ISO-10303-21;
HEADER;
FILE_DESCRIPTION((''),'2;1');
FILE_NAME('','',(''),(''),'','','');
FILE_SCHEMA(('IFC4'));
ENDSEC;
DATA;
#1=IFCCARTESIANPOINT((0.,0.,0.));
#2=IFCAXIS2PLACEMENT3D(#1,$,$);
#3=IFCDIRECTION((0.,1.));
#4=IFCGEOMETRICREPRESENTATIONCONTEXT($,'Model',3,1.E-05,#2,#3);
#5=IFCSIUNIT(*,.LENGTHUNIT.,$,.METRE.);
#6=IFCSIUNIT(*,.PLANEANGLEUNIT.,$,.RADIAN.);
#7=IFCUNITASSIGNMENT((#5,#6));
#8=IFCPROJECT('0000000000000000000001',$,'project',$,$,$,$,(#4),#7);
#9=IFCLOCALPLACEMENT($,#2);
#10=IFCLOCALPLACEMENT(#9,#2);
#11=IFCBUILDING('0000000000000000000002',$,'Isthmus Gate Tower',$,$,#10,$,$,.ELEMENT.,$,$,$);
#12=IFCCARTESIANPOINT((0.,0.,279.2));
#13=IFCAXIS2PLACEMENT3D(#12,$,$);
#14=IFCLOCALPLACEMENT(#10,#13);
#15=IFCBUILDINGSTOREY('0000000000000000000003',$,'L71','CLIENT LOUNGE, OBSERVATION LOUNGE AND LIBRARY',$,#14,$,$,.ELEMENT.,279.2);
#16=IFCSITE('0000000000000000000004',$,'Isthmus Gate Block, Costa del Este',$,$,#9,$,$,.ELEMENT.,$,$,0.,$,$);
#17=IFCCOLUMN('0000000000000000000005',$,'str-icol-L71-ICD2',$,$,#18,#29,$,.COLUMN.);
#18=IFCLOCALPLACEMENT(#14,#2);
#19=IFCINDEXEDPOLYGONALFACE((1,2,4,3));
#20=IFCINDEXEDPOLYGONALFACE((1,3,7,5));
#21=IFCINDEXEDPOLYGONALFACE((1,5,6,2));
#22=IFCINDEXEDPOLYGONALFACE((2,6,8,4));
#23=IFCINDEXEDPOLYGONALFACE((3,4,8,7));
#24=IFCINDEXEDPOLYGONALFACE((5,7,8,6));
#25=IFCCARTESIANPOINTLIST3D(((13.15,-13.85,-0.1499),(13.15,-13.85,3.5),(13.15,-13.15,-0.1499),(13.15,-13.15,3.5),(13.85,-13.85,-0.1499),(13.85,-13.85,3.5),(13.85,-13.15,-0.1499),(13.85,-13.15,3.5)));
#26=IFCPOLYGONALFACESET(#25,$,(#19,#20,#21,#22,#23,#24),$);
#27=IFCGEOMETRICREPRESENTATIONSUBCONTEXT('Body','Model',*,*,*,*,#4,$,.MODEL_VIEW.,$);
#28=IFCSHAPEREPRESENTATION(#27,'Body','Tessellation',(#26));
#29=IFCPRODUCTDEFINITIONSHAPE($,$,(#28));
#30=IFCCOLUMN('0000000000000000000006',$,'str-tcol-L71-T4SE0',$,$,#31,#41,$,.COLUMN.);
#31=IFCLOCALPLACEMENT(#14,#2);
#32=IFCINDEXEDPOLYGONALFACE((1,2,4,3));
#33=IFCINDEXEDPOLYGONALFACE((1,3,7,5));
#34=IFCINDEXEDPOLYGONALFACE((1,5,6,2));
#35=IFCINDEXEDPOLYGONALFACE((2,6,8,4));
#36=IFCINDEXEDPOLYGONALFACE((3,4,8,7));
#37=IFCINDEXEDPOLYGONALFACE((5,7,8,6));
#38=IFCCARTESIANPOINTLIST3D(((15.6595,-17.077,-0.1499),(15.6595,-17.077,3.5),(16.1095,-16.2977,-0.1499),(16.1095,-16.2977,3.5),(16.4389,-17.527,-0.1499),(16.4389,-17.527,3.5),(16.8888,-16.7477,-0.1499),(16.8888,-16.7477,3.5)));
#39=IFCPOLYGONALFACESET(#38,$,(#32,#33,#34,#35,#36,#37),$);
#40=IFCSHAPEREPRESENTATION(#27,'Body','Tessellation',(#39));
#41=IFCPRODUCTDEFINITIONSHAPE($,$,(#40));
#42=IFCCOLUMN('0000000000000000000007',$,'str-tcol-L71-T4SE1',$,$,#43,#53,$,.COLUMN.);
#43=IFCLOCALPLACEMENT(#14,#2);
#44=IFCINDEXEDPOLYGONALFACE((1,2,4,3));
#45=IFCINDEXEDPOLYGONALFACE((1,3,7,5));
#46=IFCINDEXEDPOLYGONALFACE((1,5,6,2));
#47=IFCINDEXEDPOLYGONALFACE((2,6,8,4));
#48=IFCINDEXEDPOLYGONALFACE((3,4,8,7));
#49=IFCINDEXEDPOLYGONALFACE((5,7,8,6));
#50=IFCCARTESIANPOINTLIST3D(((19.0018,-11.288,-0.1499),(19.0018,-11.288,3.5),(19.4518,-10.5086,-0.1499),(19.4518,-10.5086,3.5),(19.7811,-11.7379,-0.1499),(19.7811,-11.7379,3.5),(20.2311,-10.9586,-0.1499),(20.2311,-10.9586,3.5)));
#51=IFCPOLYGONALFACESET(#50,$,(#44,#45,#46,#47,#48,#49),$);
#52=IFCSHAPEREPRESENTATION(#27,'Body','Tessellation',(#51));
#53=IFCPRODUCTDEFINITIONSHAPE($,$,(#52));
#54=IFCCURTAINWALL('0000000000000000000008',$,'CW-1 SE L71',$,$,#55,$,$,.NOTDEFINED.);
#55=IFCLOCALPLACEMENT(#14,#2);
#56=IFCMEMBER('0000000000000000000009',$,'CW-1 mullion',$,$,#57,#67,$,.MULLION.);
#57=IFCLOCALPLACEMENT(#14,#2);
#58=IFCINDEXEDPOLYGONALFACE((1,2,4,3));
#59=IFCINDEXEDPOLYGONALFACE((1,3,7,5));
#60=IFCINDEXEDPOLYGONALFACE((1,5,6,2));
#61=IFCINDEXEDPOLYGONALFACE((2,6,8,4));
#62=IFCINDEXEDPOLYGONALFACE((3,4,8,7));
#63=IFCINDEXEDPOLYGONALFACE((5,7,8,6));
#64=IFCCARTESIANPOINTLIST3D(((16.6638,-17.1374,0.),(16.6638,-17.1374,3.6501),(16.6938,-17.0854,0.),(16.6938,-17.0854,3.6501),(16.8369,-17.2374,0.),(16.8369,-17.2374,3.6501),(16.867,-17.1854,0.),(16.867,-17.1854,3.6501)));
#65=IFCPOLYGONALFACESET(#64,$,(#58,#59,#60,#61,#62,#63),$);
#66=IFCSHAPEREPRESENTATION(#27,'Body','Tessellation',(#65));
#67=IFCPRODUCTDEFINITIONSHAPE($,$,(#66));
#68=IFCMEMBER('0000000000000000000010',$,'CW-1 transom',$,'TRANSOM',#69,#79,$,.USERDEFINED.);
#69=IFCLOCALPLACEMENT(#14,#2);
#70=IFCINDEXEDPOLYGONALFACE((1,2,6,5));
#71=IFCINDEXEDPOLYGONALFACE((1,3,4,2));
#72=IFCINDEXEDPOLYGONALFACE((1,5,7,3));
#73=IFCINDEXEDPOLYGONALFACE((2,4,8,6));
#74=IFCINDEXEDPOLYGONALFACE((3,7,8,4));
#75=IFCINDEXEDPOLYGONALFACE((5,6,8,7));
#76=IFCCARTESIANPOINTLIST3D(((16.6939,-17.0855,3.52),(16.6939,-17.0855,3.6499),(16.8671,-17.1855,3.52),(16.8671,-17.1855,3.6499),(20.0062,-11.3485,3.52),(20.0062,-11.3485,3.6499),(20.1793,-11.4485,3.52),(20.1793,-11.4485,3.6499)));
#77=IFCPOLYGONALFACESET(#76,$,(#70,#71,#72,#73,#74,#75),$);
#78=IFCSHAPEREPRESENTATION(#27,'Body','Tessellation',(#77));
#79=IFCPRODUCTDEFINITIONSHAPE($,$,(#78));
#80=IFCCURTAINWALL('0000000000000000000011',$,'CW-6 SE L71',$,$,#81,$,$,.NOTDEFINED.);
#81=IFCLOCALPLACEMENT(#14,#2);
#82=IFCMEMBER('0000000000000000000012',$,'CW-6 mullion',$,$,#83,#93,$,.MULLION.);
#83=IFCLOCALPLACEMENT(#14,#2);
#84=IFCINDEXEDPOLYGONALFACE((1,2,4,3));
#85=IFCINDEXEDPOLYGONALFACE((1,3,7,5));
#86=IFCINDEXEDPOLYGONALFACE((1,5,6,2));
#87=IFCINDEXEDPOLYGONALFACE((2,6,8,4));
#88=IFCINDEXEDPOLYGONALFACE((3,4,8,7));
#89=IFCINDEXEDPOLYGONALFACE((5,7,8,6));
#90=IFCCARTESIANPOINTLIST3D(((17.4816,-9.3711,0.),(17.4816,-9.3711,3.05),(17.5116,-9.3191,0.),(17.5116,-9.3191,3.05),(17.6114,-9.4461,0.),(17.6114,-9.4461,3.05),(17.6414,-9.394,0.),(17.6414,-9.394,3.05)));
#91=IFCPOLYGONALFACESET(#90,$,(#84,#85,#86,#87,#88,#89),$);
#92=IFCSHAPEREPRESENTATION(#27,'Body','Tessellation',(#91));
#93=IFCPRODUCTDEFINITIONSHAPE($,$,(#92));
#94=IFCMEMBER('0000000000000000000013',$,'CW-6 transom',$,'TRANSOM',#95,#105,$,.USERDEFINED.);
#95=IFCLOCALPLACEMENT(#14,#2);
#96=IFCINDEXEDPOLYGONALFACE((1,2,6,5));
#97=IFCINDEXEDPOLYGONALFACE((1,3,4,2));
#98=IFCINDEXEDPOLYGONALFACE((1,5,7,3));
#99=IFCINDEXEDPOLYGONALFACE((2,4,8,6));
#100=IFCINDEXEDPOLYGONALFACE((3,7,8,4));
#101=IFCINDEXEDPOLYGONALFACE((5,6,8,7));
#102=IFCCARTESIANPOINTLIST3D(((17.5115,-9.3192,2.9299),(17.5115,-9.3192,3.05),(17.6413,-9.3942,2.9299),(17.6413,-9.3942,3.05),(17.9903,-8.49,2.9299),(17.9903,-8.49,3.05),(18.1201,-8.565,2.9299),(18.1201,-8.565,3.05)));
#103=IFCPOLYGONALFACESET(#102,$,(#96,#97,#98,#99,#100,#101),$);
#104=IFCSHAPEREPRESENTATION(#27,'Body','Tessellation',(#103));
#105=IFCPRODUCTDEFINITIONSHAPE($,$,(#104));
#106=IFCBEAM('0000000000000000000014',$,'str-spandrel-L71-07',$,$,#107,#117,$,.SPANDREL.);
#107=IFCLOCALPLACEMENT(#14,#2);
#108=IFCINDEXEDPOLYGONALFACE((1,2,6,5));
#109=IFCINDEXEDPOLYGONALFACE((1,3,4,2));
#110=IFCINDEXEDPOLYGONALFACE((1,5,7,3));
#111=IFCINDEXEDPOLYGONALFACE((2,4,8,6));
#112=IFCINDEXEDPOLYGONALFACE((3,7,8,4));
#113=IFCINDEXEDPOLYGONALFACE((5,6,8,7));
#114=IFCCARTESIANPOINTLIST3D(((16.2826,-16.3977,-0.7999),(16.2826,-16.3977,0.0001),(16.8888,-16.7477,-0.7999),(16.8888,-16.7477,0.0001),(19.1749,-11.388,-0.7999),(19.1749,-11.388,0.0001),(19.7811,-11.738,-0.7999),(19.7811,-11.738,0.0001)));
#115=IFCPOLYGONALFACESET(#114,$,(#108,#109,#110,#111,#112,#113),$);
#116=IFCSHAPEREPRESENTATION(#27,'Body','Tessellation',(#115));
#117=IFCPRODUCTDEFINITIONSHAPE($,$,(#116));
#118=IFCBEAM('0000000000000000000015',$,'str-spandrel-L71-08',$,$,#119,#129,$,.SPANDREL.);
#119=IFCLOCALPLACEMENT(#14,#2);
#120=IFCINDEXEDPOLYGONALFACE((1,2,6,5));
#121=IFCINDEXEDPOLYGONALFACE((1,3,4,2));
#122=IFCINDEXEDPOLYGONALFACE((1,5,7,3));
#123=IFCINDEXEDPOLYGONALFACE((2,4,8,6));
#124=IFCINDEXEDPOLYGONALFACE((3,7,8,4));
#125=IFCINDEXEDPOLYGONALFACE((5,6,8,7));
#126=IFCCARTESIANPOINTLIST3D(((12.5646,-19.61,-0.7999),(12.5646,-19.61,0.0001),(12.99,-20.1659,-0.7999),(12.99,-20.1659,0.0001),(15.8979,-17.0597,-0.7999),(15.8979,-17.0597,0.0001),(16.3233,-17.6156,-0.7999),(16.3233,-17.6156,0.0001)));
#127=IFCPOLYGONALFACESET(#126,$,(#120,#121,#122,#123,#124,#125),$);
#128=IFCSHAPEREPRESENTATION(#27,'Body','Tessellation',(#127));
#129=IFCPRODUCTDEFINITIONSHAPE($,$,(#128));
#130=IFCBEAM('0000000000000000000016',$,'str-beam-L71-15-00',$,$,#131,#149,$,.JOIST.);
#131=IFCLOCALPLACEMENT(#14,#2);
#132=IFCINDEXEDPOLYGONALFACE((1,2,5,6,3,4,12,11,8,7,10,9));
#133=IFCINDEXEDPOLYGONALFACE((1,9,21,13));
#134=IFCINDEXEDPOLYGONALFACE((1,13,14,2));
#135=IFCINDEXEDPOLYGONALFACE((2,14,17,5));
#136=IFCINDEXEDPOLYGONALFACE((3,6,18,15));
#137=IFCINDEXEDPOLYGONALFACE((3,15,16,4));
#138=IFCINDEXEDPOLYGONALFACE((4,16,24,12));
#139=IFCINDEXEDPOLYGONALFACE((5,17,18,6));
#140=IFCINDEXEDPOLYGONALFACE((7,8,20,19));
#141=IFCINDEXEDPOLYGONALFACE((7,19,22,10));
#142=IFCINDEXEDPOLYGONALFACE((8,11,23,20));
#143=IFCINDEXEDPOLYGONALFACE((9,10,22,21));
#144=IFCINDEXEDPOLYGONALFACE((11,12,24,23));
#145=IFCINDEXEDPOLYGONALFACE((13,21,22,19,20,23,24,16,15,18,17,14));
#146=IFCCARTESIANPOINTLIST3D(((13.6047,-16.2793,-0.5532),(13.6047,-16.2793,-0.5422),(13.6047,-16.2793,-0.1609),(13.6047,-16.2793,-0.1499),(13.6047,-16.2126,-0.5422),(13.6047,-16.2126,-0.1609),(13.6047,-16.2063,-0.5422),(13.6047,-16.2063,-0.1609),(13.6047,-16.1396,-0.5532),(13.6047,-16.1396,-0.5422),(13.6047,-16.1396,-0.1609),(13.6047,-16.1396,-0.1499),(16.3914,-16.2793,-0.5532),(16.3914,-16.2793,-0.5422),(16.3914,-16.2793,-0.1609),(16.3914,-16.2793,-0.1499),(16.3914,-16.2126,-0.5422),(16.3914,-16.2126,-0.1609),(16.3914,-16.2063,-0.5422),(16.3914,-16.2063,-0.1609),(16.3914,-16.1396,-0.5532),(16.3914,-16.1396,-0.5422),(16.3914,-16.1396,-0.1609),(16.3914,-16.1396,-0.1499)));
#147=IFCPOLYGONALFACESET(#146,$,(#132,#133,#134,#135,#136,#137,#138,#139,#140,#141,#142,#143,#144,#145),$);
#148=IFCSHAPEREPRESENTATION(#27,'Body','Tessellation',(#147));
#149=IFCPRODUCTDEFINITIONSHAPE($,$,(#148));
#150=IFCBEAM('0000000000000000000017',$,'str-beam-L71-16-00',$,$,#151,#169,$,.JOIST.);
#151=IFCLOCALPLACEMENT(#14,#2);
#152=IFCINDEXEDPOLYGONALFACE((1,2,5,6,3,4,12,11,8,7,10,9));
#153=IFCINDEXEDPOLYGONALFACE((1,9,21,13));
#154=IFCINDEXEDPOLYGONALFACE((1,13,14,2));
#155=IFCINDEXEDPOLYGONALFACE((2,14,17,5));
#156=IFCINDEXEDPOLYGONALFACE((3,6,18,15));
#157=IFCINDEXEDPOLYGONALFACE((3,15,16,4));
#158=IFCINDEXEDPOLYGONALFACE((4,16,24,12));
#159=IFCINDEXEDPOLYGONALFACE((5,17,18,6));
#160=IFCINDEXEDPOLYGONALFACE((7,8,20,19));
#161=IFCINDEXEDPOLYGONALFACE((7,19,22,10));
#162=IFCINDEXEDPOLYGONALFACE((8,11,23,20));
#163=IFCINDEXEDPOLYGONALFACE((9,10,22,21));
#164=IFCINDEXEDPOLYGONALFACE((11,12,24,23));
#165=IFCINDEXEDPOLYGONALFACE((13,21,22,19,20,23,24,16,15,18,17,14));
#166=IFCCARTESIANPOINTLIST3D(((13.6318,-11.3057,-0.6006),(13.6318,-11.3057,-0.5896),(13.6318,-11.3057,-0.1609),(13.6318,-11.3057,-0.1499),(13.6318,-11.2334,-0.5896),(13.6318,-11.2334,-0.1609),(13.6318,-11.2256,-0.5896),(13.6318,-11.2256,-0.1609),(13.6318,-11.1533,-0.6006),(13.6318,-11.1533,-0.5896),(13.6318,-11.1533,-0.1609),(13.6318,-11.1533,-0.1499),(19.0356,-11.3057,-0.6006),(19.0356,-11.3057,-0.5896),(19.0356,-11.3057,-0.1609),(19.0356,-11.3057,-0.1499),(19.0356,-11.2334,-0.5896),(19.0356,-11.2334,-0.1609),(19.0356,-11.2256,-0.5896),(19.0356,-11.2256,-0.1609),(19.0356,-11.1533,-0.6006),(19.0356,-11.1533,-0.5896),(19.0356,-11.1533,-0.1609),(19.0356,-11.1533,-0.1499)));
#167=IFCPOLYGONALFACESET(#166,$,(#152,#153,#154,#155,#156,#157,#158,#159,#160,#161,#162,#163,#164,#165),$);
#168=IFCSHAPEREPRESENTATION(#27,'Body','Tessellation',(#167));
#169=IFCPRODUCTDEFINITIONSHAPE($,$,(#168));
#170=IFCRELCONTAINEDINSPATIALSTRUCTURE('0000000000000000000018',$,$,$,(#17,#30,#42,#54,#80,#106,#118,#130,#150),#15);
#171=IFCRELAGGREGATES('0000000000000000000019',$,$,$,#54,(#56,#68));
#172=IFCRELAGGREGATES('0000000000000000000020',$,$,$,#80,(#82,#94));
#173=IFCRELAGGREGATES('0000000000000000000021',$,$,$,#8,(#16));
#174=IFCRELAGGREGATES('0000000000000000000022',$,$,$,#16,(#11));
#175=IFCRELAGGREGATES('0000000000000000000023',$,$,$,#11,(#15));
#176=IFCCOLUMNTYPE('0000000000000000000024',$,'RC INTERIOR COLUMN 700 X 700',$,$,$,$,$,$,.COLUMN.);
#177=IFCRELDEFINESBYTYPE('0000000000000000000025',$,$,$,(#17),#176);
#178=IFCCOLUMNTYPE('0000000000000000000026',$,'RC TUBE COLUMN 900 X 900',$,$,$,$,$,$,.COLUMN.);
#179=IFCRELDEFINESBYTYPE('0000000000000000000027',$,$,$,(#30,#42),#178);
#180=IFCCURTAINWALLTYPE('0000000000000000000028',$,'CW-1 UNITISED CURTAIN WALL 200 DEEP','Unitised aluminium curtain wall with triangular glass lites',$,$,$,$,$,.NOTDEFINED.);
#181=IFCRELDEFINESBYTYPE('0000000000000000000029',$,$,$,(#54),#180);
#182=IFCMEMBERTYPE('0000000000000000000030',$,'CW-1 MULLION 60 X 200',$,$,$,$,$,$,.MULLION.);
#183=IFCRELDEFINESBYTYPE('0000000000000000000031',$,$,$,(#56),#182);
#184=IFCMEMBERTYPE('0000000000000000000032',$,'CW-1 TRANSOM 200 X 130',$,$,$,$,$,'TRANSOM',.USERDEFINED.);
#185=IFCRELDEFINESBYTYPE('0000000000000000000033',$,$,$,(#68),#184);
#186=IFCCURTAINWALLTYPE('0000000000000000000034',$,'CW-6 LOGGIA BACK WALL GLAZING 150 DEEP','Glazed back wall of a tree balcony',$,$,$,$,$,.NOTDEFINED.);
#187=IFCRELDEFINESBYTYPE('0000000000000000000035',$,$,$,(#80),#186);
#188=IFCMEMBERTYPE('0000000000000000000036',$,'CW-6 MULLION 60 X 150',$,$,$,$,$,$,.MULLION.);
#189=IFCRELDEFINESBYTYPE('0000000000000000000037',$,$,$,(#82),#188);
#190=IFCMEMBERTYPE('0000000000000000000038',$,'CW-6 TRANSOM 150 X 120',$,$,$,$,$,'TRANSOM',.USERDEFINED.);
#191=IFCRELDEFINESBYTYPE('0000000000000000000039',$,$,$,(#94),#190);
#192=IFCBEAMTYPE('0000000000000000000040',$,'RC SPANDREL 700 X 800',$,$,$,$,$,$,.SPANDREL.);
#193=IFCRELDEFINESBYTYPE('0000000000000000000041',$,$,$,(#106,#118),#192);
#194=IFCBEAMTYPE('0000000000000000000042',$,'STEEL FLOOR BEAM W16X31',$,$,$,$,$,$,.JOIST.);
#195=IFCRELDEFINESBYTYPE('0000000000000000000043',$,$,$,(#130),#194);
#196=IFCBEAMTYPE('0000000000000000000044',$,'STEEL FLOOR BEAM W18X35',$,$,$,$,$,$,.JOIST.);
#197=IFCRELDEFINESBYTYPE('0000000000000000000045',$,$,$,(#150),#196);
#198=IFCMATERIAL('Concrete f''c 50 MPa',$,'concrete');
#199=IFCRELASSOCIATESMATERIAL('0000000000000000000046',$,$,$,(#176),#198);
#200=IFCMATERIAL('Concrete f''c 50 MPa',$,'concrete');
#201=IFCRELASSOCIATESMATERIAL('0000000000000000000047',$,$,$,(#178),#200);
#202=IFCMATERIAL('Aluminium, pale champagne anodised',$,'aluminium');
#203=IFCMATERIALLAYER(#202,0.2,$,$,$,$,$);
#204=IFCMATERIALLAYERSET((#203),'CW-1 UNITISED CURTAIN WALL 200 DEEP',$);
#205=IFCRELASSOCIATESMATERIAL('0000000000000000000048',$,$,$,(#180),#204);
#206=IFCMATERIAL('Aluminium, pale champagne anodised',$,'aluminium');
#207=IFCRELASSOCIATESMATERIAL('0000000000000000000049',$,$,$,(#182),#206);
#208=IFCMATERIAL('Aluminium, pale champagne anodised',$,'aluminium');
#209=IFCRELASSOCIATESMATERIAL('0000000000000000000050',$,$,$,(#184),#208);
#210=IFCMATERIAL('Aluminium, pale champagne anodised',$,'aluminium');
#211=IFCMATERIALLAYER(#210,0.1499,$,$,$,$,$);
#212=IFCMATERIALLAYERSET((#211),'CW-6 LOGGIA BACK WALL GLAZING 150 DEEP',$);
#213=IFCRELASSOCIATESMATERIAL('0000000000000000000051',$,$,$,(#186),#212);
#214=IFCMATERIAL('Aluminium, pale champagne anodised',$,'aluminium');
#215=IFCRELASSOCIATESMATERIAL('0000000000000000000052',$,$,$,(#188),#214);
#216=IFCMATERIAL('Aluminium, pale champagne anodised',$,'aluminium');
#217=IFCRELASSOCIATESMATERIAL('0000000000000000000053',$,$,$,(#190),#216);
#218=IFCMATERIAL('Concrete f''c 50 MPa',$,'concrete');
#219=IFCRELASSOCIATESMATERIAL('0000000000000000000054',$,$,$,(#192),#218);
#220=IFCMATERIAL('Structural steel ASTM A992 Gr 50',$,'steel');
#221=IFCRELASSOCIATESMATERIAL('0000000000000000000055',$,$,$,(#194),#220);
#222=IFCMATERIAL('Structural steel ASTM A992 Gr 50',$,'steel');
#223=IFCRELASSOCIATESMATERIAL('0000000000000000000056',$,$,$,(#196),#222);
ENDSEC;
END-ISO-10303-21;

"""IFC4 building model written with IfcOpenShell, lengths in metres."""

from ifc_helpers import new_model, si_unit, direction, frame, origin, origin_2d, place, context, subcontext, project, spatial, rectangle, i_section, extrude, material, layer, layer_set, material_profile, profile_set, type_object, element, aggregate, save


model = new_model("IFC4")

# Units and contexts
model_context = context("Model", 3, precision=1e-05, world=origin(), true_north=direction((0.0, 1.0)))
body_context = subcontext(model_context, "Body", "Model", "MODEL_VIEW")
ifc_project = project(units=[si_unit("LENGTHUNIT", "METRE"), si_unit("PLANEANGLEUNIT", "RADIAN")], contexts=[model_context])

# Site, building, storey
site_placement = place(None, origin())
site = spatial("IfcSite", under=ifc_project, at=site_placement, Name="Isthmus Gate Block, Costa del Este", CompositionType="ELEMENT", RefElevation=0.0)
building_placement = place(site_placement, origin())
building = spatial("IfcBuilding", under=site, at=building_placement, Name="Isthmus Gate Tower", CompositionType="ELEMENT")
storey_placement = place(building_placement, frame((0.0, 0.0, 279.2)))
storey = spatial("IfcBuildingStorey", under=building, at=storey_placement, Name="L71", Description="CLIENT LOUNGE, OBSERVATION LOUNGE AND LIBRARY", CompositionType="ELEMENT", Elevation=279.2)

# Columns
ifc_material_1 = material(Name="Concrete f'c 50 MPa", Category="concrete")
ifc_material_profile_1 = material_profile(ifc_material_1, rectangle(XDim=0.7, YDim=0.7, at=origin_2d()), Name="RC 700X700")
ifc_profile_set_1 = profile_set([ifc_material_profile_1], Name="Concrete f'c 50 MPa")
column_type_1 = type_object("IfcColumnType", Name="RC INTERIOR COLUMN 700 X 700", PredefinedType="COLUMN", material=ifc_profile_set_1)
column_placement = place(storey_placement, frame((13.5, -13.5, -0.1499), z_axis=(0.0, 0.0, 1.0), x_axis=(1.0, 0.0, 0.0)))
element("IfcColumn", 1, at=column_placement, inside=storey, type_object=column_type_1, Name="str-icol-L71-ICD2", PredefinedType="COLUMN", context=body_context, shape_type="SweptSolid", body=[
    extrude(rectangle(XDim=0.7, YDim=0.7, at=origin_2d()), origin(), (0.0, 0.0, 1.0), 3.6499),
])
ifc_material_2 = material(Name="Concrete f'c 50 MPa", Category="concrete")
ifc_material_profile_2 = material_profile(ifc_material_2, rectangle(XDim=0.8999, YDim=0.8999, at=origin_2d()), Name="RC 900X900")
ifc_profile_set_2 = profile_set([ifc_material_profile_2], Name="Concrete f'c 50 MPa")
column_type_2 = type_object("IfcColumnType", Name="RC TUBE COLUMN 900 X 900", PredefinedType="COLUMN", material=ifc_profile_set_2)
for number, where, z_axis, x_axis, name in (
    (2, (16.2742, -16.9124, -0.1499), (0.0, 0.0, 1.0), (0.5, 0.866025, 0.0), "str-tcol-L71-T4SE0"),
    (3, (19.6165, -11.1233, -0.1499), (0.0, 0.0, 1.0), (0.5, 0.866025, 0.0), "str-tcol-L71-T4SE1"),
):
    element("IfcColumn", number, at=place(storey_placement, frame(where, z_axis=z_axis, x_axis=x_axis)), inside=storey, type_object=column_type_2, Name=name, PredefinedType="COLUMN", context=body_context, shape_type="SweptSolid", body=[
        extrude(rectangle(XDim=0.8999, YDim=0.8999, at=origin_2d()), origin(), (0.0, 0.0, 1.0), 3.6499),
    ])

# Curtain walls, members
ifc_material_3 = material(Name="Aluminium, pale champagne anodised", Category="aluminium")
ifc_layer_1 = layer(ifc_material_3, 0.2)
ifc_layer_set_1 = layer_set([ifc_layer_1], Name="CW-1 UNITISED CURTAIN WALL 200 DEEP")
curtain_wall_type_1 = type_object("IfcCurtainWallType", Name="CW-1 UNITISED CURTAIN WALL 200 DEEP", Description="Unitised aluminium curtain wall with triangular glass lites", PredefinedType="NOTDEFINED", material=ifc_layer_set_1)
curtain_wall_1_placement = place(storey_placement, origin())
curtain_wall_1 = element("IfcCurtainWall", 4, at=curtain_wall_1_placement, inside=storey, type_object=curtain_wall_type_1, Name="CW-1 SE L71", PredefinedType="NOTDEFINED")
ifc_material_4 = material(Name="Aluminium, pale champagne anodised", Category="aluminium")
ifc_material_profile_3 = material_profile(ifc_material_4, rectangle(XDim=0.0601, YDim=0.2, at=origin_2d()), Name="60x200")
ifc_profile_set_3 = profile_set([ifc_material_profile_3], Name="Aluminium, pale champagne anodised")
member_type_1 = type_object("IfcMemberType", Name="CW-1 MULLION 60 X 200", PredefinedType="MULLION", material=ifc_profile_set_3)
member_1_placement = place(storey_placement, frame((16.7654, -17.1614, 0.0), z_axis=(0.0, 0.0, 1.0), x_axis=(0.5, 0.866025, 0.0)))
member_1 = element("IfcMember", 5, at=member_1_placement, type_object=member_type_1, Name="CW-1 mullion", PredefinedType="MULLION", context=body_context, shape_type="SweptSolid", body=[
    extrude(rectangle(XDim=0.0601, YDim=0.2, at=origin_2d()), origin(), (0.0, 0.0, 1.0), 3.6501),
])
ifc_material_5 = material(Name="Aluminium, pale champagne anodised", Category="aluminium")
ifc_material_profile_4 = material_profile(ifc_material_5, rectangle(XDim=0.2, YDim=0.1299, at=origin_2d()), Name="200x130")
ifc_profile_set_4 = profile_set([ifc_material_profile_4], Name="Aluminium, pale champagne anodised")
member_type_2 = type_object("IfcMemberType", Name="CW-1 TRANSOM 200 X 130", ElementType="TRANSOM", PredefinedType="USERDEFINED", material=ifc_profile_set_4)
member_2_placement = place(storey_placement, frame((16.7805, -17.1355, 3.585), z_axis=(0.499996, 0.866028, 0.0), x_axis=(-0.866028, 0.499996, 0.0)))
member_2 = element("IfcMember", 6, at=member_2_placement, type_object=member_type_2, Name="CW-1 transom", ObjectType="TRANSOM", PredefinedType="USERDEFINED", context=body_context, shape_type="SweptSolid", body=[
    extrude(rectangle(XDim=0.2, YDim=0.1299, at=origin_2d()), origin(), (0.0, 0.0, 1.0), 6.6245),
])
ifc_material_6 = material(Name="Aluminium, pale champagne anodised", Category="aluminium")
ifc_layer_2 = layer(ifc_material_6, 0.1499)
ifc_layer_set_2 = layer_set([ifc_layer_2], Name="CW-6 LOGGIA BACK WALL GLAZING 150 DEEP")
curtain_wall_type_2 = type_object("IfcCurtainWallType", Name="CW-6 LOGGIA BACK WALL GLAZING 150 DEEP", Description="Glazed back wall of a tree balcony", PredefinedType="NOTDEFINED", material=ifc_layer_set_2)
curtain_wall_2_placement = place(storey_placement, origin())
curtain_wall_2 = element("IfcCurtainWall", 7, at=curtain_wall_2_placement, inside=storey, type_object=curtain_wall_type_2, Name="CW-6 SE L71", PredefinedType="NOTDEFINED")
ifc_material_7 = material(Name="Aluminium, pale champagne anodised", Category="aluminium")
ifc_material_profile_5 = material_profile(ifc_material_7, rectangle(XDim=0.0601, YDim=0.1499, at=origin_2d()), Name="60x150")
ifc_profile_set_5 = profile_set([ifc_material_profile_5], Name="Aluminium, pale champagne anodised")
member_type_3 = type_object("IfcMemberType", Name="CW-6 MULLION 60 X 150", PredefinedType="MULLION", material=ifc_profile_set_5)
member_3_placement = place(storey_placement, frame((17.5615, -9.3826, 0.0), z_axis=(0.0, 0.0, 1.0), x_axis=(0.5, 0.866025, 0.0)))
member_3 = element("IfcMember", 8, at=member_3_placement, type_object=member_type_3, Name="CW-6 mullion", PredefinedType="MULLION", context=body_context, shape_type="SweptSolid", body=[
    extrude(rectangle(XDim=0.0601, YDim=0.1499, at=origin_2d()), origin(), (0.0, 0.0, 1.0), 3.05),
])
ifc_material_8 = material(Name="Aluminium, pale champagne anodised", Category="aluminium")
ifc_material_profile_6 = material_profile(ifc_material_8, rectangle(XDim=0.1499, YDim=0.1201, at=origin_2d()), Name="150x120")
ifc_profile_set_6 = profile_set([ifc_material_profile_6], Name="Aluminium, pale champagne anodised")
member_type_4 = type_object("IfcMemberType", Name="CW-6 TRANSOM 150 X 120", ElementType="TRANSOM", PredefinedType="USERDEFINED", material=ifc_profile_set_6)
member_4_placement = place(storey_placement, frame((17.5764, -9.3567, 2.99), z_axis=(0.500061, 0.86599, 0.0), x_axis=(-0.86599, 0.500061, 0.0)))
member_4 = element("IfcMember", 9, at=member_4_placement, type_object=member_type_4, Name="CW-6 transom", ObjectType="TRANSOM", PredefinedType="USERDEFINED", context=body_context, shape_type="SweptSolid", body=[
    extrude(rectangle(XDim=0.1499, YDim=0.1201, at=origin_2d()), origin(), (0.0, 0.0, 1.0), 0.9575),
])

# Beams
ifc_material_9 = material(Name="Concrete f'c 50 MPa", Category="concrete")
ifc_material_profile_7 = material_profile(ifc_material_9, rectangle(XDim=0.7, YDim=0.8, at=origin_2d()), Name="RC 700X800")
ifc_profile_set_7 = profile_set([ifc_material_profile_7], Name="Concrete f'c 50 MPa")
beam_type_1 = type_object("IfcBeamType", Name="RC SPANDREL 700 X 800", PredefinedType="SPANDREL", material=ifc_profile_set_7)
beam_1_placement = place(storey_placement, frame((19.478, -11.563, -0.3999), z_axis=(-0.499993, -0.86603, 0.0), x_axis=(0.86603, -0.499993, 0.0)))
element("IfcBeam", 10, at=beam_1_placement, inside=storey, type_object=beam_type_1, Name="str-spandrel-L71-07", PredefinedType="SPANDREL", context=body_context, shape_type="SweptSolid", body=[
    extrude(rectangle(XDim=0.7, YDim=0.8, at=origin_2d()), origin(), (0.0, 0.0, 1.0), 5.7847),
])
beam_2_placement = place(storey_placement, frame((16.1106, -17.3376, -0.3999), z_axis=(-0.794204, -0.607651, 0.0), x_axis=(0.607651, -0.794204, 0.0)))
element("IfcBeam", 11, at=beam_2_placement, inside=storey, type_object=beam_type_1, Name="str-spandrel-L71-08", PredefinedType="SPANDREL", context=body_context, shape_type="SweptSolid", body=[
    extrude(rectangle(XDim=0.7, YDim=0.8, at=origin_2d()), origin(), (0.0, 0.0, 1.0), 4.197),
])
ifc_material_10 = material(Name="Structural steel ASTM A992 Gr 50", Category="steel")
ifc_material_profile_8 = material_profile(ifc_material_10, i_section(OverallWidth=0.1396, OverallDepth=0.4033, WebThickness=0.0063, FlangeThickness=0.011, at=origin_2d()), Name="W16X31")
ifc_profile_set_8 = profile_set([ifc_material_profile_8], Name="Structural steel ASTM A992 Gr 50")
beam_type_2 = type_object("IfcBeamType", Name="STEEL FLOOR BEAM W16X31", PredefinedType="JOIST", material=ifc_profile_set_8)
beam_3_placement = place(storey_placement, frame((13.6047, -16.2095, -0.3516), z_axis=(1.0, 0.0, 0.0), x_axis=(0.0, 1.0, 0.0)))
element("IfcBeam", 12, at=beam_3_placement, inside=storey, type_object=beam_type_2, Name="str-beam-L71-15-00", PredefinedType="JOIST", context=body_context, shape_type="SweptSolid", body=[
    extrude(i_section(OverallWidth=0.1396, OverallDepth=0.4033, WebThickness=0.0063, FlangeThickness=0.011, at=origin_2d()), origin(), (0.0, 0.0, 1.0), 2.7866),
])
ifc_material_11 = material(Name="Structural steel ASTM A992 Gr 50", Category="steel")
ifc_material_profile_9 = material_profile(ifc_material_11, i_section(OverallWidth=0.1523, OverallDepth=0.4507, WebThickness=0.0078, FlangeThickness=0.011, at=origin_2d()), Name="W18X35")
ifc_profile_set_9 = profile_set([ifc_material_profile_9], Name="Structural steel ASTM A992 Gr 50")
beam_type_3 = type_object("IfcBeamType", Name="STEEL FLOOR BEAM W18X35", PredefinedType="JOIST", material=ifc_profile_set_9)
beam_4_placement = place(storey_placement, frame((13.6318, -11.2295, -0.3752), z_axis=(1.0, 0.0, 0.0), x_axis=(0.0, 1.0, 0.0)))
element("IfcBeam", 13, at=beam_4_placement, inside=storey, type_object=beam_type_3, Name="str-beam-L71-16-00", PredefinedType="JOIST", context=body_context, shape_type="SweptSolid", body=[
    extrude(i_section(OverallWidth=0.1523, OverallDepth=0.4507, WebThickness=0.0078, FlangeThickness=0.011, at=origin_2d()), origin(), (0.0, 0.0, 1.0), 5.4038),
])

aggregate(curtain_wall_1, [member_1, member_2])
aggregate(curtain_wall_2, [member_3, member_4])

save(model, "model.ifc")
